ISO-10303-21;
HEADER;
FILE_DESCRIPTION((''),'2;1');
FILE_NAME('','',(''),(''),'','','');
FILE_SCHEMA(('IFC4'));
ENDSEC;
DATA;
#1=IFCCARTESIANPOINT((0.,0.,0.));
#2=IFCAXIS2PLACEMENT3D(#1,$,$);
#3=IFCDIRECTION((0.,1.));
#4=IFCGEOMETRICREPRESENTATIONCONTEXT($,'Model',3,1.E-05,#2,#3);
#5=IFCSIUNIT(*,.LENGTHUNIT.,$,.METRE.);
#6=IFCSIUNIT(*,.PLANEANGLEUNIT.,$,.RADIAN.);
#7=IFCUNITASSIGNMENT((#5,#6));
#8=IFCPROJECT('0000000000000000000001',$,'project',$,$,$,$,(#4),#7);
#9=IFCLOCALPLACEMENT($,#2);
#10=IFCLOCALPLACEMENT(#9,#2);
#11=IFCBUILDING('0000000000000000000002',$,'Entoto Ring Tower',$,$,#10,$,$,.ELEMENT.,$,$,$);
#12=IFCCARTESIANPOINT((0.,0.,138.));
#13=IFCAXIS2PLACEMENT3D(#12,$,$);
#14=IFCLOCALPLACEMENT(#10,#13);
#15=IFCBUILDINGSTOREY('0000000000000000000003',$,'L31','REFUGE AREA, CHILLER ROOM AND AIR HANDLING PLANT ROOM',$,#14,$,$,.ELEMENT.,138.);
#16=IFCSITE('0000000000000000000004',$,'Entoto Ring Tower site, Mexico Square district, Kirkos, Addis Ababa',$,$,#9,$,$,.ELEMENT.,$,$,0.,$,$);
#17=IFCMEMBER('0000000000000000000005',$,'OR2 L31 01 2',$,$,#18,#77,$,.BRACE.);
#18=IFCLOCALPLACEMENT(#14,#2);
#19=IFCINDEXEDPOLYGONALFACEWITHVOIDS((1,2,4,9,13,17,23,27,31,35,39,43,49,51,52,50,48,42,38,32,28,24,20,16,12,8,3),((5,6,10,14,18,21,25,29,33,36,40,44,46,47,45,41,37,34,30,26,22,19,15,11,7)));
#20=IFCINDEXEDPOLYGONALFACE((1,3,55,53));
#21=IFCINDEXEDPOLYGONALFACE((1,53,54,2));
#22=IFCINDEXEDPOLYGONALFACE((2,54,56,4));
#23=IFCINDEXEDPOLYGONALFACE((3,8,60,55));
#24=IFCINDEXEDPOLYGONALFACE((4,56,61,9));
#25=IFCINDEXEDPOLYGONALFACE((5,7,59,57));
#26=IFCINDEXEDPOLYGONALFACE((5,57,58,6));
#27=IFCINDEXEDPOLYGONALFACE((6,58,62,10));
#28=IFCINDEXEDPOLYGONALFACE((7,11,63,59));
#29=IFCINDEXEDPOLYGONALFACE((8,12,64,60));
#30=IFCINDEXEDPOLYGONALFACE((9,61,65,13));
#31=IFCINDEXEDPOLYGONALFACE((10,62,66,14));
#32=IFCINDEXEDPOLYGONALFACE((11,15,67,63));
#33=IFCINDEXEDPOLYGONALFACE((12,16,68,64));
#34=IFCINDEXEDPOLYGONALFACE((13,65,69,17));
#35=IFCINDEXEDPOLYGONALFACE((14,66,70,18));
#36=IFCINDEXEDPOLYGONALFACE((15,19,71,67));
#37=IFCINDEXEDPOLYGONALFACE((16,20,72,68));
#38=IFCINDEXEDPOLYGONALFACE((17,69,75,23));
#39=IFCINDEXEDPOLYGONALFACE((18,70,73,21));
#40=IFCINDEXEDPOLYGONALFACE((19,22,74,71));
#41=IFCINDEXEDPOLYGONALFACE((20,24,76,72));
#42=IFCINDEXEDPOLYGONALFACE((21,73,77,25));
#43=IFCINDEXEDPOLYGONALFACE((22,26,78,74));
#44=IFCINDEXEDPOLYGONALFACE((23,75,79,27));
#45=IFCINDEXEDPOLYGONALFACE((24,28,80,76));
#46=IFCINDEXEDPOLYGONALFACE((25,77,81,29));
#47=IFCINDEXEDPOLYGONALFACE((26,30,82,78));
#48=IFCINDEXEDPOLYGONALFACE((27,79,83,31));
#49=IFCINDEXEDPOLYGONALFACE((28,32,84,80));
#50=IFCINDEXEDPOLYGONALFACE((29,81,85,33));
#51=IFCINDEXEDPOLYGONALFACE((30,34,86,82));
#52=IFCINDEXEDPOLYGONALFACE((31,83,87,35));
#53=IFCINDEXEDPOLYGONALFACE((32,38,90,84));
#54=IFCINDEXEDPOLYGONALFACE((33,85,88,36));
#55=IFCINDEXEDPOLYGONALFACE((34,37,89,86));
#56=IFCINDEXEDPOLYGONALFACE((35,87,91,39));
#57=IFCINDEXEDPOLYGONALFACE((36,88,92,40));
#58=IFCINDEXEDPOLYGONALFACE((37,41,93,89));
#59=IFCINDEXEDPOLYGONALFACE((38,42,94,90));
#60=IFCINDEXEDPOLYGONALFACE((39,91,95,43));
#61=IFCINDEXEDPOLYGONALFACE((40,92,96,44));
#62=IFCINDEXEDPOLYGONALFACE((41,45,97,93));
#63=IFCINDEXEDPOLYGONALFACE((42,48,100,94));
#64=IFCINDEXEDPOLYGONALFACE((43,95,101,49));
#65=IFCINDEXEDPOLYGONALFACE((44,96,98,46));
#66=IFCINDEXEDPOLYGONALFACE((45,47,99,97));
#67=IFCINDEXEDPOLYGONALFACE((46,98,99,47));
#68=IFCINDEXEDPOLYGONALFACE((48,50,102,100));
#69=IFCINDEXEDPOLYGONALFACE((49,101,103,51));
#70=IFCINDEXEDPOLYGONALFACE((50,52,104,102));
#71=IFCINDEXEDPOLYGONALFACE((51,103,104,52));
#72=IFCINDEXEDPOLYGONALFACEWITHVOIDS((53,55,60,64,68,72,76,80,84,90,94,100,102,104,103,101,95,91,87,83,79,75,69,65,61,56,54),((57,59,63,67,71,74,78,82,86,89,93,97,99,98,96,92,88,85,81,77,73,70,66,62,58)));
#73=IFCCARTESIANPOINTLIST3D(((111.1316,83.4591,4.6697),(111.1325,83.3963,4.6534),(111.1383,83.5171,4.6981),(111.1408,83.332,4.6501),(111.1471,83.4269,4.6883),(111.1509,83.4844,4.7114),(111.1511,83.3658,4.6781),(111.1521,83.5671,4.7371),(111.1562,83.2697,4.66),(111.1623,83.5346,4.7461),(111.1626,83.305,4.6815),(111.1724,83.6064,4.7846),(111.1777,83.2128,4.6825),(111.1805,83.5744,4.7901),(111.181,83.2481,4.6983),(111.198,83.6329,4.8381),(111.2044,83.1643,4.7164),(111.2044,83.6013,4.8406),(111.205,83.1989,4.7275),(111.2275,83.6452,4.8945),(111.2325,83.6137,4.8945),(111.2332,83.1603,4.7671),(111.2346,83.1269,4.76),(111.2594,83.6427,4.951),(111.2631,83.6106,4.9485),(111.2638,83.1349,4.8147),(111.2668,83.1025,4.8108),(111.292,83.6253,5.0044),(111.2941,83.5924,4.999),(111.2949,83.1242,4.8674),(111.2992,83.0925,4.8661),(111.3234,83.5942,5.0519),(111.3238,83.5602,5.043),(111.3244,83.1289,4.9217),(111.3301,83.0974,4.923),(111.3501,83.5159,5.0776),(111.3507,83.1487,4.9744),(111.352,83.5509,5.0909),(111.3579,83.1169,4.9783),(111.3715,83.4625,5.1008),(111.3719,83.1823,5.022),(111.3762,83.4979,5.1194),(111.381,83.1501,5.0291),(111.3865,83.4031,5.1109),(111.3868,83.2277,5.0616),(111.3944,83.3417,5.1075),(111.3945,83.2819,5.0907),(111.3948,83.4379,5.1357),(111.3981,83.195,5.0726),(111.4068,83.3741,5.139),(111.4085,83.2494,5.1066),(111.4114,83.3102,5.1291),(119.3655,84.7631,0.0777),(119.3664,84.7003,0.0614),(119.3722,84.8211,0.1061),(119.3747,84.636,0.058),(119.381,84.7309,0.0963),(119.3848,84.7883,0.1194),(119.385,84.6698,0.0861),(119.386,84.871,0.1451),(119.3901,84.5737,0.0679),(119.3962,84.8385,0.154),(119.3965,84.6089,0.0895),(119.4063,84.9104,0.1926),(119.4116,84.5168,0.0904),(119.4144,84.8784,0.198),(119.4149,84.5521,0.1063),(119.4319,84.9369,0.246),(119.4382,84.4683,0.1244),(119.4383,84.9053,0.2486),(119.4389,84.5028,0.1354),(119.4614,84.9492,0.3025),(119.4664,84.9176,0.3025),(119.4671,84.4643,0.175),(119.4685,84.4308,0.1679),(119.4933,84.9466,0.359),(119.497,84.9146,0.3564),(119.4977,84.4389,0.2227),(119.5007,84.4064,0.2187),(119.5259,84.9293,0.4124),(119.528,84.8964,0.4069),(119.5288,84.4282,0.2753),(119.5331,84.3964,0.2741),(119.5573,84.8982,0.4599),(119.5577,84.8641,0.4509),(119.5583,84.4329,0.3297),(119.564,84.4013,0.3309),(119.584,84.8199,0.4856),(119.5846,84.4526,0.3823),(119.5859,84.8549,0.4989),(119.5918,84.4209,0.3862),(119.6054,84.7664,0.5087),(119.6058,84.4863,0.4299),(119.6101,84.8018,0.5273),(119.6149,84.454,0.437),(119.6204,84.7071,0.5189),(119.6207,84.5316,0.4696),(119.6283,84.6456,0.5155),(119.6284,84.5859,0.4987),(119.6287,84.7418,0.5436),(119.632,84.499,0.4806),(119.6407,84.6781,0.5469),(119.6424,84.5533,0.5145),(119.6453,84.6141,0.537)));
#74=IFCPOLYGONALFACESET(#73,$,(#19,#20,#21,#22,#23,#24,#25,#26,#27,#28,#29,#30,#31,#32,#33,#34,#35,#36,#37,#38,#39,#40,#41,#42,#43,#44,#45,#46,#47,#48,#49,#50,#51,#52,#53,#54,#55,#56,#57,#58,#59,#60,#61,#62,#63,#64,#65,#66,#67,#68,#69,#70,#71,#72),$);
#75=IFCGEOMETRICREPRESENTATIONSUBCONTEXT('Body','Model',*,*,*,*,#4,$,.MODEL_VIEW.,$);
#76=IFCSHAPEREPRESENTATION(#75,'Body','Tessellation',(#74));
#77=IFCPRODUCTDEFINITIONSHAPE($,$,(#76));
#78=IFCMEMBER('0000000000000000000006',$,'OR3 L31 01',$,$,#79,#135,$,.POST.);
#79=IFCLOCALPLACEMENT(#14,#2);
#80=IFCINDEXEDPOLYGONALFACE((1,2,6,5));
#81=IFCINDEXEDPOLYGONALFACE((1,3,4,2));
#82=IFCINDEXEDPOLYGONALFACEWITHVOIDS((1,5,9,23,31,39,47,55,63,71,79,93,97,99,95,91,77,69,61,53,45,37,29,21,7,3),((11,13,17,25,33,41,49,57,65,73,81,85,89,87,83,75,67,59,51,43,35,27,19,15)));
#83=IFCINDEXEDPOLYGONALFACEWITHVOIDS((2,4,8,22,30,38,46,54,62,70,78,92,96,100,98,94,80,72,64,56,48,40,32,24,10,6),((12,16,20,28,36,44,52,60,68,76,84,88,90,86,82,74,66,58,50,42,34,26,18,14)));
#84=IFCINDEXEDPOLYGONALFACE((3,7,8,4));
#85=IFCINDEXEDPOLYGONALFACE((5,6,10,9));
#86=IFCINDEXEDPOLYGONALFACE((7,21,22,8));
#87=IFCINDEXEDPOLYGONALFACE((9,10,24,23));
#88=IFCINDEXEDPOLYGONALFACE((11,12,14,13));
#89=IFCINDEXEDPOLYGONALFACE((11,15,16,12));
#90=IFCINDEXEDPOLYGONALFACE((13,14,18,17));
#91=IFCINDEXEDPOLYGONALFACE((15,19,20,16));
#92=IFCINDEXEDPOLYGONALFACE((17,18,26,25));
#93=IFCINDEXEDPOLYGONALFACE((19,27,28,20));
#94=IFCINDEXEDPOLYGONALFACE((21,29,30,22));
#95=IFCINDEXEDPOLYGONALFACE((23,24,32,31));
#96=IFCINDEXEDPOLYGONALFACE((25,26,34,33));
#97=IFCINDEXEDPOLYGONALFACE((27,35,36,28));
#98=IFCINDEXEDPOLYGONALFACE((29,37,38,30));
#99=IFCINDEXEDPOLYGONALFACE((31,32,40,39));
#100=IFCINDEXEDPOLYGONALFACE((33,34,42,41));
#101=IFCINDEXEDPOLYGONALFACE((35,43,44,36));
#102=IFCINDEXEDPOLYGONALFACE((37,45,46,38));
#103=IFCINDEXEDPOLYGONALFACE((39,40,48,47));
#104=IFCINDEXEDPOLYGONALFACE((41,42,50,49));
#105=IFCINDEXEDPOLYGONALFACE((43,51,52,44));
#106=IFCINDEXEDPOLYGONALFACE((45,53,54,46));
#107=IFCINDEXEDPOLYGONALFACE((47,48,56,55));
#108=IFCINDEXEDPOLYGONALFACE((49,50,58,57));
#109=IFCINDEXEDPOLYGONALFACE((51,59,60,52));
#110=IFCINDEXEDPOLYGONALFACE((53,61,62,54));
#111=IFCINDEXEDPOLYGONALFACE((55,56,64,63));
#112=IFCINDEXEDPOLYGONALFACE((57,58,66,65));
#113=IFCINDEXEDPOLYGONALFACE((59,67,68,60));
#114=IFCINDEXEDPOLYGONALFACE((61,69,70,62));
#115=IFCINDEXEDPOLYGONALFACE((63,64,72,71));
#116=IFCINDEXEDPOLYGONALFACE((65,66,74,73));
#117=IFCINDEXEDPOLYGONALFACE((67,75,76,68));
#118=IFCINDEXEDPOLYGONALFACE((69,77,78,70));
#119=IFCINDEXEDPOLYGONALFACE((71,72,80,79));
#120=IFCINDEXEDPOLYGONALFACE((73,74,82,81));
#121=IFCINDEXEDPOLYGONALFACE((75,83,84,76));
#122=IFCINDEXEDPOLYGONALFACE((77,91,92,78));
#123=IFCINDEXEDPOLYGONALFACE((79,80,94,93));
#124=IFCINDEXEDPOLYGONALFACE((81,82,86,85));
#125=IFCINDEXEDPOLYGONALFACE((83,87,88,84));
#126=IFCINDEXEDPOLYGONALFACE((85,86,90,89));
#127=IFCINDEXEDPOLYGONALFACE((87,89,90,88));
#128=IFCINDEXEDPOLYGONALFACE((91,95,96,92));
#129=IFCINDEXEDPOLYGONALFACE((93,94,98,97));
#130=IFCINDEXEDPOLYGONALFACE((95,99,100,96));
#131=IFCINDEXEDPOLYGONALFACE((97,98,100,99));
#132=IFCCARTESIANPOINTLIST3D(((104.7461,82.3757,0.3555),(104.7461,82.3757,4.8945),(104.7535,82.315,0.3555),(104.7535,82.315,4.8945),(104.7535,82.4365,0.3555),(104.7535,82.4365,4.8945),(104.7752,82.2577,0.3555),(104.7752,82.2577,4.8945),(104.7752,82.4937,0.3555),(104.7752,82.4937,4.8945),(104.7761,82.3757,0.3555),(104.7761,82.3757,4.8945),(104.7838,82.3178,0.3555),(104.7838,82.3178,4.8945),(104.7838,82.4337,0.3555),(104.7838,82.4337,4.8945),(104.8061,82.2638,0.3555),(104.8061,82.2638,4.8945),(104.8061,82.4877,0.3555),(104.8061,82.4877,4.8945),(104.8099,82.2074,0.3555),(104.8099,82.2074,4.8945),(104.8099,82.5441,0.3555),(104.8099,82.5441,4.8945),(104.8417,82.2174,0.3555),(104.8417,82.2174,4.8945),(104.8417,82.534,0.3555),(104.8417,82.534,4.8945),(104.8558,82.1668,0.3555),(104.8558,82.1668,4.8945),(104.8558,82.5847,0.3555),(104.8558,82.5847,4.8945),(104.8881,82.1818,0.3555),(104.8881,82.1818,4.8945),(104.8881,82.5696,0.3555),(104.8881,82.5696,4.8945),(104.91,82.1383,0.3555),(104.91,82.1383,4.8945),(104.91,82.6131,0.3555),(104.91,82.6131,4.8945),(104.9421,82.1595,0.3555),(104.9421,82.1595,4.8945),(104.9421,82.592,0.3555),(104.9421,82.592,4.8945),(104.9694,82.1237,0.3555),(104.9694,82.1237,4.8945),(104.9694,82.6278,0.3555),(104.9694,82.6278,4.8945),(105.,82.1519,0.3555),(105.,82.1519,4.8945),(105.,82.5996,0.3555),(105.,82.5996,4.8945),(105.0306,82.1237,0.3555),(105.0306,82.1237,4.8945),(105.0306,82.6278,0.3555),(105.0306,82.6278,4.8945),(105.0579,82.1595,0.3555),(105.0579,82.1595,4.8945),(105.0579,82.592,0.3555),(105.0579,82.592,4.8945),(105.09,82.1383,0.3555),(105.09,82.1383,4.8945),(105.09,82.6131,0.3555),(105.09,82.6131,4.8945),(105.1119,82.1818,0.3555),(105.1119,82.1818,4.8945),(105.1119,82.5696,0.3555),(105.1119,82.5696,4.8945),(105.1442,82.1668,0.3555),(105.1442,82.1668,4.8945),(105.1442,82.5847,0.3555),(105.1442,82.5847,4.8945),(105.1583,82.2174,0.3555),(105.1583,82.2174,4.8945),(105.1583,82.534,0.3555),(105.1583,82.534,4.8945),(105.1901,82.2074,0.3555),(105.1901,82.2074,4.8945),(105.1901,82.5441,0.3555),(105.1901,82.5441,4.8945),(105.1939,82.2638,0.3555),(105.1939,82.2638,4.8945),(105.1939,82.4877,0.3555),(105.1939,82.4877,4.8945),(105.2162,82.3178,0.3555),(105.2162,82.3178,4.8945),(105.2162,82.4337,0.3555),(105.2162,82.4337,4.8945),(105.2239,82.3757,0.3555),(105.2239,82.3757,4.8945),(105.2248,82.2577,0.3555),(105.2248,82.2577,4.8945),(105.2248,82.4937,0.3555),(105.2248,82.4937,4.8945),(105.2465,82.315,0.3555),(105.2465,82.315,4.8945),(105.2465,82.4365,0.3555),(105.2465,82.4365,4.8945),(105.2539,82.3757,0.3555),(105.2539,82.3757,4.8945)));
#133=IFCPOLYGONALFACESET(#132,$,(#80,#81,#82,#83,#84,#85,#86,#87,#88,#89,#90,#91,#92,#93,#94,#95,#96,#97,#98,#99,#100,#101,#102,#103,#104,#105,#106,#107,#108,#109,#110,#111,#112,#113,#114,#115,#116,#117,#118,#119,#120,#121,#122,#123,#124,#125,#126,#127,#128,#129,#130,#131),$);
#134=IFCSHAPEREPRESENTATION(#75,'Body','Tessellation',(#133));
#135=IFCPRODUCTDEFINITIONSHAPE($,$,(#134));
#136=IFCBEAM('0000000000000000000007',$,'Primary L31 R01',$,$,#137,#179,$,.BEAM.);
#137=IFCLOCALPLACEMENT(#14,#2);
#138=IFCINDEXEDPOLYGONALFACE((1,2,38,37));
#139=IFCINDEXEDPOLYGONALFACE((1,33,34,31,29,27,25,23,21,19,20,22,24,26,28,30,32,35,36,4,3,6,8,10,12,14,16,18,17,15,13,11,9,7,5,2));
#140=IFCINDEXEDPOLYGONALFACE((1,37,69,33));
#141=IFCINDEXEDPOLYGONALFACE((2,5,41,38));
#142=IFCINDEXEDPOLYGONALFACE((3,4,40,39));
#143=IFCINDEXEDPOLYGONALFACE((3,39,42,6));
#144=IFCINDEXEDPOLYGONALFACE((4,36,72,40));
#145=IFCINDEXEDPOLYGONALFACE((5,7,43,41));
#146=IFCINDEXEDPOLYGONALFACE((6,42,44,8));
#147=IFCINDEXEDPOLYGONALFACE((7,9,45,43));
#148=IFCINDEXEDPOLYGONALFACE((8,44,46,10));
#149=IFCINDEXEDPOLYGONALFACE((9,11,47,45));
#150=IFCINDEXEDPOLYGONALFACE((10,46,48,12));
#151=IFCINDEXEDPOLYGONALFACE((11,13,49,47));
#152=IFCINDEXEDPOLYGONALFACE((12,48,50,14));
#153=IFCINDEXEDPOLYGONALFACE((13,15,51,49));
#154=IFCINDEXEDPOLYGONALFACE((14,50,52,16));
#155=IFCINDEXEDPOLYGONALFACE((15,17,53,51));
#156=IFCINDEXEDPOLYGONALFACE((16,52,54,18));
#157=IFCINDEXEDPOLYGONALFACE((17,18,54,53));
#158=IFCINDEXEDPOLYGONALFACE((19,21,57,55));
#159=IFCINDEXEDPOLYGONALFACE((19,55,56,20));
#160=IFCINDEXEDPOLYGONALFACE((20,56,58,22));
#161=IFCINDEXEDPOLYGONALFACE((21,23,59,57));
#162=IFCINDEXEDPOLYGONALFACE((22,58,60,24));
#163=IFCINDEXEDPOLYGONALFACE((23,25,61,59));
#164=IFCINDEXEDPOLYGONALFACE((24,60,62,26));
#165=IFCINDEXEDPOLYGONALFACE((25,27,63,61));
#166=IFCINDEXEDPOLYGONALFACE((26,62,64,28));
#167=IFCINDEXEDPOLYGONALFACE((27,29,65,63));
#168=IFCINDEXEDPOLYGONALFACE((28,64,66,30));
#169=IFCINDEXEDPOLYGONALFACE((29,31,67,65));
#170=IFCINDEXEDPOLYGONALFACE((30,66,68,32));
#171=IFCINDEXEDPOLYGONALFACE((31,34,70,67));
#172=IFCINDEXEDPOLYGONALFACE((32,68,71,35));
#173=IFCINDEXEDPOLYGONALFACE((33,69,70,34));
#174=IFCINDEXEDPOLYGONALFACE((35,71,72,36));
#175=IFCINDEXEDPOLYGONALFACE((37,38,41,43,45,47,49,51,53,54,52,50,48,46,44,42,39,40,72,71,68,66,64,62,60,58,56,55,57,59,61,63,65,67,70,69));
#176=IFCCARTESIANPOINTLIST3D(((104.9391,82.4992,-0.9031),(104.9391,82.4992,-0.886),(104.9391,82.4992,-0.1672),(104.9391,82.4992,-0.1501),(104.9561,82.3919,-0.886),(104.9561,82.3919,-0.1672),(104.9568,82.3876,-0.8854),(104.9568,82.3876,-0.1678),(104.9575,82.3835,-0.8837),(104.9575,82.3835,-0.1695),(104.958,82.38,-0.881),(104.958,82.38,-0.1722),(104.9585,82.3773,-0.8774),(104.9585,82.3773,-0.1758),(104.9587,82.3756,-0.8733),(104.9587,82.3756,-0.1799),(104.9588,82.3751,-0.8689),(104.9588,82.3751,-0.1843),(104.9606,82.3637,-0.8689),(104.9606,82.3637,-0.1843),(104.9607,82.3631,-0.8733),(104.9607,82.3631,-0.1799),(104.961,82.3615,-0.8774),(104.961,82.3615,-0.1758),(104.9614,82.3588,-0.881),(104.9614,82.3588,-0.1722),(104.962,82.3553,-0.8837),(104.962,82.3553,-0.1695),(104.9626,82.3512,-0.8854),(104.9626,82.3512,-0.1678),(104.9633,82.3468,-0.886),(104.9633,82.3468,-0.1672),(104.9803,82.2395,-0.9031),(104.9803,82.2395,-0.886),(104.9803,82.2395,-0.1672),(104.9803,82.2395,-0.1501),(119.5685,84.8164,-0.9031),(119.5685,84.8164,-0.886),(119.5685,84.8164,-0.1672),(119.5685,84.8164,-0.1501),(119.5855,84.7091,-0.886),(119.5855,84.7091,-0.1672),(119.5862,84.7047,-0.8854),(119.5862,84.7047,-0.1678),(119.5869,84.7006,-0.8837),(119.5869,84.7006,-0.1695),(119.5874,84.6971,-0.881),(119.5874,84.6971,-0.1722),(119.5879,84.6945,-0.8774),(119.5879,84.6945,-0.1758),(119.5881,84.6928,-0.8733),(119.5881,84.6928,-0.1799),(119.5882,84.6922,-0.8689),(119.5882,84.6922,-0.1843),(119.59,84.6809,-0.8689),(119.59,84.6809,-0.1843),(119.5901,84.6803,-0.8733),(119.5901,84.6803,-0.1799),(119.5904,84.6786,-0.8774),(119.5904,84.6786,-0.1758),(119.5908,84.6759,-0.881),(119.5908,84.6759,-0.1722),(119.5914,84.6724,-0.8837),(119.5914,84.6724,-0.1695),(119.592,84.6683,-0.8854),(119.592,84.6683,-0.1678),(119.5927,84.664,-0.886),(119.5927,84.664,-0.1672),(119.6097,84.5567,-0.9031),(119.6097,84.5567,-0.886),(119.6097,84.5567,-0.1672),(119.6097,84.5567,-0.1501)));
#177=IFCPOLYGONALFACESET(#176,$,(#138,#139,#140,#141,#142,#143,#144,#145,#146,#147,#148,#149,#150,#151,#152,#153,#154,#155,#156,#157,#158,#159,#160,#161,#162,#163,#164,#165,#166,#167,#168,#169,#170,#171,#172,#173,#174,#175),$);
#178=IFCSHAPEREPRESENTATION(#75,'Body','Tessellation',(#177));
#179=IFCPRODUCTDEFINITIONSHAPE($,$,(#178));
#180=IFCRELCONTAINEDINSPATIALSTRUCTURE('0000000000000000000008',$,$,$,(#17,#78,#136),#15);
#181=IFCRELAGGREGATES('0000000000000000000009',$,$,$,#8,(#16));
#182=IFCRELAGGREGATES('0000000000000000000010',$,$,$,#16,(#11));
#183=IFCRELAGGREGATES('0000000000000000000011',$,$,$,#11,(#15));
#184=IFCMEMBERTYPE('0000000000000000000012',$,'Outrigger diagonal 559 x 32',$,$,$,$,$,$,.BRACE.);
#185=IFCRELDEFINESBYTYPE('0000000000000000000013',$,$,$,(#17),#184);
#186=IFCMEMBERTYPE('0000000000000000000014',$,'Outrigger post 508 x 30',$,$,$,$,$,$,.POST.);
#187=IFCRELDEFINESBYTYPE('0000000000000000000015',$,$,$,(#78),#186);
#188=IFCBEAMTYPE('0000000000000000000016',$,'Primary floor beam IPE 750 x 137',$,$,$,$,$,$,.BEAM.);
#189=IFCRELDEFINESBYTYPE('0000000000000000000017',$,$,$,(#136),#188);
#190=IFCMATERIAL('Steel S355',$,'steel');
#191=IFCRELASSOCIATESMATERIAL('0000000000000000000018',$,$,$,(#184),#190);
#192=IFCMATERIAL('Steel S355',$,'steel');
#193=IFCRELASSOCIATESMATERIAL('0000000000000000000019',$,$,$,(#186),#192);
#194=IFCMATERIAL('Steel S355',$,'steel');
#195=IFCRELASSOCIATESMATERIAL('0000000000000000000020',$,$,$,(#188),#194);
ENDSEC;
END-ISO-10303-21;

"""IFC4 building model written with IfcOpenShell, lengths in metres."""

from ifc_helpers import new_model, si_unit, direction, frame, origin, origin_2d, place, context, subcontext, project, spatial, circle, hollow_circle, i_section, extrude, material, material_profile, profile_set, type_object, element, save


model = new_model("IFC4")

# Units and contexts
model_context = context("Model", 3, precision=1e-05, world=origin(), true_north=direction((0.0, 1.0)))
body_context = subcontext(model_context, "Body", "Model", "MODEL_VIEW")
ifc_project = project(units=[si_unit("LENGTHUNIT", "METRE"), si_unit("PLANEANGLEUNIT", "RADIAN")], contexts=[model_context])

# Site, building, storey
site_placement = place(None, origin())
site = spatial("IfcSite", under=ifc_project, at=site_placement, Name="Entoto Ring Tower site, Mexico Square district, Kirkos, Addis Ababa", CompositionType="ELEMENT", RefElevation=0.0)
building_placement = place(site_placement, origin())
building = spatial("IfcBuilding", under=site, at=building_placement, Name="Entoto Ring Tower", CompositionType="ELEMENT")
storey_placement = place(building_placement, frame((0.0, 0.0, 138.0)))
storey = spatial("IfcBuildingStorey", under=building, at=storey_placement, Name="L31", Description="REFUGE AREA, CHILLER ROOM AND AIR HANDLING PLANT ROOM", CompositionType="ELEMENT", Elevation=138.0)

# Members
ifc_material_1 = material(Name="Steel S355", Category="steel")
ifc_material_profile_1 = material_profile(ifc_material_1, hollow_circle(Radius=0.2795, WallThickness=0.032, at=origin_2d()), Name="CHS 559 x 32")
ifc_material_2 = material(Name="Concrete C60/75", Category="concrete")
ifc_material_profile_2 = material_profile(ifc_material_2, circle(Radius=0.2476, at=origin_2d()), Name="Concrete C60/75 infill")
ifc_profile_set_1 = profile_set([ifc_material_profile_1, ifc_material_profile_2], Name="Steel S355")
member_type_1 = type_object("IfcMemberType", Name="Outrigger diagonal 559 x 32", PredefinedType="BRACE", material=ifc_profile_set_1)
member_1_placement = place(storey_placement, frame((111.2712, 83.3691, 4.8945), z_axis=(0.865125, 0.137005, -0.482481), x_axis=(-0.156415, 0.987691, 0.0)))
element("IfcMember", 1, at=member_1_placement, inside=storey, type_object=member_type_1, Name="OR2 L31 01 2", PredefinedType="BRACE", context=body_context, shape_type="SweptSolid", body=[
    extrude(hollow_circle(Radius=0.2795, WallThickness=0.032, at=origin_2d()), origin(), (0.0, 0.0, 1.0), 9.5176),
])
ifc_material_3 = material(Name="Steel S355", Category="steel")
ifc_material_profile_3 = material_profile(ifc_material_3, hollow_circle(Radius=0.2539, WallThickness=0.03, at=origin_2d()), Name="CHS 508 x 30")
ifc_material_4 = material(Name="Concrete C60/75", Category="concrete")
ifc_material_profile_4 = material_profile(ifc_material_4, circle(Radius=0.2241, at=origin_2d()), Name="Concrete C60/75 infill")
ifc_profile_set_2 = profile_set([ifc_material_profile_3, ifc_material_profile_4], Name="Steel S355")
member_type_2 = type_object("IfcMemberType", Name="Outrigger post 508 x 30", PredefinedType="POST", material=ifc_profile_set_2)
member_2_placement = place(storey_placement, frame((105.0, 82.3757, 0.3555), z_axis=(0.0, 0.0, 1.0), x_axis=(1.0, 0.0, 0.0)))
element("IfcMember", 2, at=member_2_placement, inside=storey, type_object=member_type_2, Name="OR3 L31 01", PredefinedType="POST", context=body_context, shape_type="SweptSolid", body=[
    extrude(hollow_circle(Radius=0.2539, WallThickness=0.03, at=origin_2d()), origin(), (0.0, 0.0, 1.0), 4.5391),
])

# Beam
ifc_material_5 = material(Name="Steel S355", Category="steel")
ifc_material_profile_5 = material_profile(ifc_material_5, i_section(OverallWidth=0.2629, OverallDepth=0.7529, WebThickness=0.0115, FlangeThickness=0.0171, FilletRadius=0.0171, at=origin_2d()), Name="IPE 750 x 137")
ifc_profile_set_3 = profile_set([ifc_material_profile_5], Name="Steel S355")
beam_type_1 = type_object("IfcBeamType", Name="Primary floor beam IPE 750 x 137", PredefinedType="BEAM", material=ifc_profile_set_3)
beam_1_placement = place(storey_placement, frame((104.9597, 82.3694, -0.5266), z_axis=(0.987688, 0.156439, 0.0), x_axis=(-0.156439, 0.987688, 0.0)))
element("IfcBeam", 3, at=beam_1_placement, inside=storey, type_object=beam_type_1, Name="Primary L31 R01", PredefinedType="BEAM", context=body_context, shape_type="SweptSolid", body=[
    extrude(i_section(OverallWidth=0.2629, OverallDepth=0.7529, WebThickness=0.0115, FlangeThickness=0.0171, FilletRadius=0.0171, at=origin_2d()), origin(), (0.0, 0.0, 1.0), 14.8118),
])

save(model, "model.ifc")
